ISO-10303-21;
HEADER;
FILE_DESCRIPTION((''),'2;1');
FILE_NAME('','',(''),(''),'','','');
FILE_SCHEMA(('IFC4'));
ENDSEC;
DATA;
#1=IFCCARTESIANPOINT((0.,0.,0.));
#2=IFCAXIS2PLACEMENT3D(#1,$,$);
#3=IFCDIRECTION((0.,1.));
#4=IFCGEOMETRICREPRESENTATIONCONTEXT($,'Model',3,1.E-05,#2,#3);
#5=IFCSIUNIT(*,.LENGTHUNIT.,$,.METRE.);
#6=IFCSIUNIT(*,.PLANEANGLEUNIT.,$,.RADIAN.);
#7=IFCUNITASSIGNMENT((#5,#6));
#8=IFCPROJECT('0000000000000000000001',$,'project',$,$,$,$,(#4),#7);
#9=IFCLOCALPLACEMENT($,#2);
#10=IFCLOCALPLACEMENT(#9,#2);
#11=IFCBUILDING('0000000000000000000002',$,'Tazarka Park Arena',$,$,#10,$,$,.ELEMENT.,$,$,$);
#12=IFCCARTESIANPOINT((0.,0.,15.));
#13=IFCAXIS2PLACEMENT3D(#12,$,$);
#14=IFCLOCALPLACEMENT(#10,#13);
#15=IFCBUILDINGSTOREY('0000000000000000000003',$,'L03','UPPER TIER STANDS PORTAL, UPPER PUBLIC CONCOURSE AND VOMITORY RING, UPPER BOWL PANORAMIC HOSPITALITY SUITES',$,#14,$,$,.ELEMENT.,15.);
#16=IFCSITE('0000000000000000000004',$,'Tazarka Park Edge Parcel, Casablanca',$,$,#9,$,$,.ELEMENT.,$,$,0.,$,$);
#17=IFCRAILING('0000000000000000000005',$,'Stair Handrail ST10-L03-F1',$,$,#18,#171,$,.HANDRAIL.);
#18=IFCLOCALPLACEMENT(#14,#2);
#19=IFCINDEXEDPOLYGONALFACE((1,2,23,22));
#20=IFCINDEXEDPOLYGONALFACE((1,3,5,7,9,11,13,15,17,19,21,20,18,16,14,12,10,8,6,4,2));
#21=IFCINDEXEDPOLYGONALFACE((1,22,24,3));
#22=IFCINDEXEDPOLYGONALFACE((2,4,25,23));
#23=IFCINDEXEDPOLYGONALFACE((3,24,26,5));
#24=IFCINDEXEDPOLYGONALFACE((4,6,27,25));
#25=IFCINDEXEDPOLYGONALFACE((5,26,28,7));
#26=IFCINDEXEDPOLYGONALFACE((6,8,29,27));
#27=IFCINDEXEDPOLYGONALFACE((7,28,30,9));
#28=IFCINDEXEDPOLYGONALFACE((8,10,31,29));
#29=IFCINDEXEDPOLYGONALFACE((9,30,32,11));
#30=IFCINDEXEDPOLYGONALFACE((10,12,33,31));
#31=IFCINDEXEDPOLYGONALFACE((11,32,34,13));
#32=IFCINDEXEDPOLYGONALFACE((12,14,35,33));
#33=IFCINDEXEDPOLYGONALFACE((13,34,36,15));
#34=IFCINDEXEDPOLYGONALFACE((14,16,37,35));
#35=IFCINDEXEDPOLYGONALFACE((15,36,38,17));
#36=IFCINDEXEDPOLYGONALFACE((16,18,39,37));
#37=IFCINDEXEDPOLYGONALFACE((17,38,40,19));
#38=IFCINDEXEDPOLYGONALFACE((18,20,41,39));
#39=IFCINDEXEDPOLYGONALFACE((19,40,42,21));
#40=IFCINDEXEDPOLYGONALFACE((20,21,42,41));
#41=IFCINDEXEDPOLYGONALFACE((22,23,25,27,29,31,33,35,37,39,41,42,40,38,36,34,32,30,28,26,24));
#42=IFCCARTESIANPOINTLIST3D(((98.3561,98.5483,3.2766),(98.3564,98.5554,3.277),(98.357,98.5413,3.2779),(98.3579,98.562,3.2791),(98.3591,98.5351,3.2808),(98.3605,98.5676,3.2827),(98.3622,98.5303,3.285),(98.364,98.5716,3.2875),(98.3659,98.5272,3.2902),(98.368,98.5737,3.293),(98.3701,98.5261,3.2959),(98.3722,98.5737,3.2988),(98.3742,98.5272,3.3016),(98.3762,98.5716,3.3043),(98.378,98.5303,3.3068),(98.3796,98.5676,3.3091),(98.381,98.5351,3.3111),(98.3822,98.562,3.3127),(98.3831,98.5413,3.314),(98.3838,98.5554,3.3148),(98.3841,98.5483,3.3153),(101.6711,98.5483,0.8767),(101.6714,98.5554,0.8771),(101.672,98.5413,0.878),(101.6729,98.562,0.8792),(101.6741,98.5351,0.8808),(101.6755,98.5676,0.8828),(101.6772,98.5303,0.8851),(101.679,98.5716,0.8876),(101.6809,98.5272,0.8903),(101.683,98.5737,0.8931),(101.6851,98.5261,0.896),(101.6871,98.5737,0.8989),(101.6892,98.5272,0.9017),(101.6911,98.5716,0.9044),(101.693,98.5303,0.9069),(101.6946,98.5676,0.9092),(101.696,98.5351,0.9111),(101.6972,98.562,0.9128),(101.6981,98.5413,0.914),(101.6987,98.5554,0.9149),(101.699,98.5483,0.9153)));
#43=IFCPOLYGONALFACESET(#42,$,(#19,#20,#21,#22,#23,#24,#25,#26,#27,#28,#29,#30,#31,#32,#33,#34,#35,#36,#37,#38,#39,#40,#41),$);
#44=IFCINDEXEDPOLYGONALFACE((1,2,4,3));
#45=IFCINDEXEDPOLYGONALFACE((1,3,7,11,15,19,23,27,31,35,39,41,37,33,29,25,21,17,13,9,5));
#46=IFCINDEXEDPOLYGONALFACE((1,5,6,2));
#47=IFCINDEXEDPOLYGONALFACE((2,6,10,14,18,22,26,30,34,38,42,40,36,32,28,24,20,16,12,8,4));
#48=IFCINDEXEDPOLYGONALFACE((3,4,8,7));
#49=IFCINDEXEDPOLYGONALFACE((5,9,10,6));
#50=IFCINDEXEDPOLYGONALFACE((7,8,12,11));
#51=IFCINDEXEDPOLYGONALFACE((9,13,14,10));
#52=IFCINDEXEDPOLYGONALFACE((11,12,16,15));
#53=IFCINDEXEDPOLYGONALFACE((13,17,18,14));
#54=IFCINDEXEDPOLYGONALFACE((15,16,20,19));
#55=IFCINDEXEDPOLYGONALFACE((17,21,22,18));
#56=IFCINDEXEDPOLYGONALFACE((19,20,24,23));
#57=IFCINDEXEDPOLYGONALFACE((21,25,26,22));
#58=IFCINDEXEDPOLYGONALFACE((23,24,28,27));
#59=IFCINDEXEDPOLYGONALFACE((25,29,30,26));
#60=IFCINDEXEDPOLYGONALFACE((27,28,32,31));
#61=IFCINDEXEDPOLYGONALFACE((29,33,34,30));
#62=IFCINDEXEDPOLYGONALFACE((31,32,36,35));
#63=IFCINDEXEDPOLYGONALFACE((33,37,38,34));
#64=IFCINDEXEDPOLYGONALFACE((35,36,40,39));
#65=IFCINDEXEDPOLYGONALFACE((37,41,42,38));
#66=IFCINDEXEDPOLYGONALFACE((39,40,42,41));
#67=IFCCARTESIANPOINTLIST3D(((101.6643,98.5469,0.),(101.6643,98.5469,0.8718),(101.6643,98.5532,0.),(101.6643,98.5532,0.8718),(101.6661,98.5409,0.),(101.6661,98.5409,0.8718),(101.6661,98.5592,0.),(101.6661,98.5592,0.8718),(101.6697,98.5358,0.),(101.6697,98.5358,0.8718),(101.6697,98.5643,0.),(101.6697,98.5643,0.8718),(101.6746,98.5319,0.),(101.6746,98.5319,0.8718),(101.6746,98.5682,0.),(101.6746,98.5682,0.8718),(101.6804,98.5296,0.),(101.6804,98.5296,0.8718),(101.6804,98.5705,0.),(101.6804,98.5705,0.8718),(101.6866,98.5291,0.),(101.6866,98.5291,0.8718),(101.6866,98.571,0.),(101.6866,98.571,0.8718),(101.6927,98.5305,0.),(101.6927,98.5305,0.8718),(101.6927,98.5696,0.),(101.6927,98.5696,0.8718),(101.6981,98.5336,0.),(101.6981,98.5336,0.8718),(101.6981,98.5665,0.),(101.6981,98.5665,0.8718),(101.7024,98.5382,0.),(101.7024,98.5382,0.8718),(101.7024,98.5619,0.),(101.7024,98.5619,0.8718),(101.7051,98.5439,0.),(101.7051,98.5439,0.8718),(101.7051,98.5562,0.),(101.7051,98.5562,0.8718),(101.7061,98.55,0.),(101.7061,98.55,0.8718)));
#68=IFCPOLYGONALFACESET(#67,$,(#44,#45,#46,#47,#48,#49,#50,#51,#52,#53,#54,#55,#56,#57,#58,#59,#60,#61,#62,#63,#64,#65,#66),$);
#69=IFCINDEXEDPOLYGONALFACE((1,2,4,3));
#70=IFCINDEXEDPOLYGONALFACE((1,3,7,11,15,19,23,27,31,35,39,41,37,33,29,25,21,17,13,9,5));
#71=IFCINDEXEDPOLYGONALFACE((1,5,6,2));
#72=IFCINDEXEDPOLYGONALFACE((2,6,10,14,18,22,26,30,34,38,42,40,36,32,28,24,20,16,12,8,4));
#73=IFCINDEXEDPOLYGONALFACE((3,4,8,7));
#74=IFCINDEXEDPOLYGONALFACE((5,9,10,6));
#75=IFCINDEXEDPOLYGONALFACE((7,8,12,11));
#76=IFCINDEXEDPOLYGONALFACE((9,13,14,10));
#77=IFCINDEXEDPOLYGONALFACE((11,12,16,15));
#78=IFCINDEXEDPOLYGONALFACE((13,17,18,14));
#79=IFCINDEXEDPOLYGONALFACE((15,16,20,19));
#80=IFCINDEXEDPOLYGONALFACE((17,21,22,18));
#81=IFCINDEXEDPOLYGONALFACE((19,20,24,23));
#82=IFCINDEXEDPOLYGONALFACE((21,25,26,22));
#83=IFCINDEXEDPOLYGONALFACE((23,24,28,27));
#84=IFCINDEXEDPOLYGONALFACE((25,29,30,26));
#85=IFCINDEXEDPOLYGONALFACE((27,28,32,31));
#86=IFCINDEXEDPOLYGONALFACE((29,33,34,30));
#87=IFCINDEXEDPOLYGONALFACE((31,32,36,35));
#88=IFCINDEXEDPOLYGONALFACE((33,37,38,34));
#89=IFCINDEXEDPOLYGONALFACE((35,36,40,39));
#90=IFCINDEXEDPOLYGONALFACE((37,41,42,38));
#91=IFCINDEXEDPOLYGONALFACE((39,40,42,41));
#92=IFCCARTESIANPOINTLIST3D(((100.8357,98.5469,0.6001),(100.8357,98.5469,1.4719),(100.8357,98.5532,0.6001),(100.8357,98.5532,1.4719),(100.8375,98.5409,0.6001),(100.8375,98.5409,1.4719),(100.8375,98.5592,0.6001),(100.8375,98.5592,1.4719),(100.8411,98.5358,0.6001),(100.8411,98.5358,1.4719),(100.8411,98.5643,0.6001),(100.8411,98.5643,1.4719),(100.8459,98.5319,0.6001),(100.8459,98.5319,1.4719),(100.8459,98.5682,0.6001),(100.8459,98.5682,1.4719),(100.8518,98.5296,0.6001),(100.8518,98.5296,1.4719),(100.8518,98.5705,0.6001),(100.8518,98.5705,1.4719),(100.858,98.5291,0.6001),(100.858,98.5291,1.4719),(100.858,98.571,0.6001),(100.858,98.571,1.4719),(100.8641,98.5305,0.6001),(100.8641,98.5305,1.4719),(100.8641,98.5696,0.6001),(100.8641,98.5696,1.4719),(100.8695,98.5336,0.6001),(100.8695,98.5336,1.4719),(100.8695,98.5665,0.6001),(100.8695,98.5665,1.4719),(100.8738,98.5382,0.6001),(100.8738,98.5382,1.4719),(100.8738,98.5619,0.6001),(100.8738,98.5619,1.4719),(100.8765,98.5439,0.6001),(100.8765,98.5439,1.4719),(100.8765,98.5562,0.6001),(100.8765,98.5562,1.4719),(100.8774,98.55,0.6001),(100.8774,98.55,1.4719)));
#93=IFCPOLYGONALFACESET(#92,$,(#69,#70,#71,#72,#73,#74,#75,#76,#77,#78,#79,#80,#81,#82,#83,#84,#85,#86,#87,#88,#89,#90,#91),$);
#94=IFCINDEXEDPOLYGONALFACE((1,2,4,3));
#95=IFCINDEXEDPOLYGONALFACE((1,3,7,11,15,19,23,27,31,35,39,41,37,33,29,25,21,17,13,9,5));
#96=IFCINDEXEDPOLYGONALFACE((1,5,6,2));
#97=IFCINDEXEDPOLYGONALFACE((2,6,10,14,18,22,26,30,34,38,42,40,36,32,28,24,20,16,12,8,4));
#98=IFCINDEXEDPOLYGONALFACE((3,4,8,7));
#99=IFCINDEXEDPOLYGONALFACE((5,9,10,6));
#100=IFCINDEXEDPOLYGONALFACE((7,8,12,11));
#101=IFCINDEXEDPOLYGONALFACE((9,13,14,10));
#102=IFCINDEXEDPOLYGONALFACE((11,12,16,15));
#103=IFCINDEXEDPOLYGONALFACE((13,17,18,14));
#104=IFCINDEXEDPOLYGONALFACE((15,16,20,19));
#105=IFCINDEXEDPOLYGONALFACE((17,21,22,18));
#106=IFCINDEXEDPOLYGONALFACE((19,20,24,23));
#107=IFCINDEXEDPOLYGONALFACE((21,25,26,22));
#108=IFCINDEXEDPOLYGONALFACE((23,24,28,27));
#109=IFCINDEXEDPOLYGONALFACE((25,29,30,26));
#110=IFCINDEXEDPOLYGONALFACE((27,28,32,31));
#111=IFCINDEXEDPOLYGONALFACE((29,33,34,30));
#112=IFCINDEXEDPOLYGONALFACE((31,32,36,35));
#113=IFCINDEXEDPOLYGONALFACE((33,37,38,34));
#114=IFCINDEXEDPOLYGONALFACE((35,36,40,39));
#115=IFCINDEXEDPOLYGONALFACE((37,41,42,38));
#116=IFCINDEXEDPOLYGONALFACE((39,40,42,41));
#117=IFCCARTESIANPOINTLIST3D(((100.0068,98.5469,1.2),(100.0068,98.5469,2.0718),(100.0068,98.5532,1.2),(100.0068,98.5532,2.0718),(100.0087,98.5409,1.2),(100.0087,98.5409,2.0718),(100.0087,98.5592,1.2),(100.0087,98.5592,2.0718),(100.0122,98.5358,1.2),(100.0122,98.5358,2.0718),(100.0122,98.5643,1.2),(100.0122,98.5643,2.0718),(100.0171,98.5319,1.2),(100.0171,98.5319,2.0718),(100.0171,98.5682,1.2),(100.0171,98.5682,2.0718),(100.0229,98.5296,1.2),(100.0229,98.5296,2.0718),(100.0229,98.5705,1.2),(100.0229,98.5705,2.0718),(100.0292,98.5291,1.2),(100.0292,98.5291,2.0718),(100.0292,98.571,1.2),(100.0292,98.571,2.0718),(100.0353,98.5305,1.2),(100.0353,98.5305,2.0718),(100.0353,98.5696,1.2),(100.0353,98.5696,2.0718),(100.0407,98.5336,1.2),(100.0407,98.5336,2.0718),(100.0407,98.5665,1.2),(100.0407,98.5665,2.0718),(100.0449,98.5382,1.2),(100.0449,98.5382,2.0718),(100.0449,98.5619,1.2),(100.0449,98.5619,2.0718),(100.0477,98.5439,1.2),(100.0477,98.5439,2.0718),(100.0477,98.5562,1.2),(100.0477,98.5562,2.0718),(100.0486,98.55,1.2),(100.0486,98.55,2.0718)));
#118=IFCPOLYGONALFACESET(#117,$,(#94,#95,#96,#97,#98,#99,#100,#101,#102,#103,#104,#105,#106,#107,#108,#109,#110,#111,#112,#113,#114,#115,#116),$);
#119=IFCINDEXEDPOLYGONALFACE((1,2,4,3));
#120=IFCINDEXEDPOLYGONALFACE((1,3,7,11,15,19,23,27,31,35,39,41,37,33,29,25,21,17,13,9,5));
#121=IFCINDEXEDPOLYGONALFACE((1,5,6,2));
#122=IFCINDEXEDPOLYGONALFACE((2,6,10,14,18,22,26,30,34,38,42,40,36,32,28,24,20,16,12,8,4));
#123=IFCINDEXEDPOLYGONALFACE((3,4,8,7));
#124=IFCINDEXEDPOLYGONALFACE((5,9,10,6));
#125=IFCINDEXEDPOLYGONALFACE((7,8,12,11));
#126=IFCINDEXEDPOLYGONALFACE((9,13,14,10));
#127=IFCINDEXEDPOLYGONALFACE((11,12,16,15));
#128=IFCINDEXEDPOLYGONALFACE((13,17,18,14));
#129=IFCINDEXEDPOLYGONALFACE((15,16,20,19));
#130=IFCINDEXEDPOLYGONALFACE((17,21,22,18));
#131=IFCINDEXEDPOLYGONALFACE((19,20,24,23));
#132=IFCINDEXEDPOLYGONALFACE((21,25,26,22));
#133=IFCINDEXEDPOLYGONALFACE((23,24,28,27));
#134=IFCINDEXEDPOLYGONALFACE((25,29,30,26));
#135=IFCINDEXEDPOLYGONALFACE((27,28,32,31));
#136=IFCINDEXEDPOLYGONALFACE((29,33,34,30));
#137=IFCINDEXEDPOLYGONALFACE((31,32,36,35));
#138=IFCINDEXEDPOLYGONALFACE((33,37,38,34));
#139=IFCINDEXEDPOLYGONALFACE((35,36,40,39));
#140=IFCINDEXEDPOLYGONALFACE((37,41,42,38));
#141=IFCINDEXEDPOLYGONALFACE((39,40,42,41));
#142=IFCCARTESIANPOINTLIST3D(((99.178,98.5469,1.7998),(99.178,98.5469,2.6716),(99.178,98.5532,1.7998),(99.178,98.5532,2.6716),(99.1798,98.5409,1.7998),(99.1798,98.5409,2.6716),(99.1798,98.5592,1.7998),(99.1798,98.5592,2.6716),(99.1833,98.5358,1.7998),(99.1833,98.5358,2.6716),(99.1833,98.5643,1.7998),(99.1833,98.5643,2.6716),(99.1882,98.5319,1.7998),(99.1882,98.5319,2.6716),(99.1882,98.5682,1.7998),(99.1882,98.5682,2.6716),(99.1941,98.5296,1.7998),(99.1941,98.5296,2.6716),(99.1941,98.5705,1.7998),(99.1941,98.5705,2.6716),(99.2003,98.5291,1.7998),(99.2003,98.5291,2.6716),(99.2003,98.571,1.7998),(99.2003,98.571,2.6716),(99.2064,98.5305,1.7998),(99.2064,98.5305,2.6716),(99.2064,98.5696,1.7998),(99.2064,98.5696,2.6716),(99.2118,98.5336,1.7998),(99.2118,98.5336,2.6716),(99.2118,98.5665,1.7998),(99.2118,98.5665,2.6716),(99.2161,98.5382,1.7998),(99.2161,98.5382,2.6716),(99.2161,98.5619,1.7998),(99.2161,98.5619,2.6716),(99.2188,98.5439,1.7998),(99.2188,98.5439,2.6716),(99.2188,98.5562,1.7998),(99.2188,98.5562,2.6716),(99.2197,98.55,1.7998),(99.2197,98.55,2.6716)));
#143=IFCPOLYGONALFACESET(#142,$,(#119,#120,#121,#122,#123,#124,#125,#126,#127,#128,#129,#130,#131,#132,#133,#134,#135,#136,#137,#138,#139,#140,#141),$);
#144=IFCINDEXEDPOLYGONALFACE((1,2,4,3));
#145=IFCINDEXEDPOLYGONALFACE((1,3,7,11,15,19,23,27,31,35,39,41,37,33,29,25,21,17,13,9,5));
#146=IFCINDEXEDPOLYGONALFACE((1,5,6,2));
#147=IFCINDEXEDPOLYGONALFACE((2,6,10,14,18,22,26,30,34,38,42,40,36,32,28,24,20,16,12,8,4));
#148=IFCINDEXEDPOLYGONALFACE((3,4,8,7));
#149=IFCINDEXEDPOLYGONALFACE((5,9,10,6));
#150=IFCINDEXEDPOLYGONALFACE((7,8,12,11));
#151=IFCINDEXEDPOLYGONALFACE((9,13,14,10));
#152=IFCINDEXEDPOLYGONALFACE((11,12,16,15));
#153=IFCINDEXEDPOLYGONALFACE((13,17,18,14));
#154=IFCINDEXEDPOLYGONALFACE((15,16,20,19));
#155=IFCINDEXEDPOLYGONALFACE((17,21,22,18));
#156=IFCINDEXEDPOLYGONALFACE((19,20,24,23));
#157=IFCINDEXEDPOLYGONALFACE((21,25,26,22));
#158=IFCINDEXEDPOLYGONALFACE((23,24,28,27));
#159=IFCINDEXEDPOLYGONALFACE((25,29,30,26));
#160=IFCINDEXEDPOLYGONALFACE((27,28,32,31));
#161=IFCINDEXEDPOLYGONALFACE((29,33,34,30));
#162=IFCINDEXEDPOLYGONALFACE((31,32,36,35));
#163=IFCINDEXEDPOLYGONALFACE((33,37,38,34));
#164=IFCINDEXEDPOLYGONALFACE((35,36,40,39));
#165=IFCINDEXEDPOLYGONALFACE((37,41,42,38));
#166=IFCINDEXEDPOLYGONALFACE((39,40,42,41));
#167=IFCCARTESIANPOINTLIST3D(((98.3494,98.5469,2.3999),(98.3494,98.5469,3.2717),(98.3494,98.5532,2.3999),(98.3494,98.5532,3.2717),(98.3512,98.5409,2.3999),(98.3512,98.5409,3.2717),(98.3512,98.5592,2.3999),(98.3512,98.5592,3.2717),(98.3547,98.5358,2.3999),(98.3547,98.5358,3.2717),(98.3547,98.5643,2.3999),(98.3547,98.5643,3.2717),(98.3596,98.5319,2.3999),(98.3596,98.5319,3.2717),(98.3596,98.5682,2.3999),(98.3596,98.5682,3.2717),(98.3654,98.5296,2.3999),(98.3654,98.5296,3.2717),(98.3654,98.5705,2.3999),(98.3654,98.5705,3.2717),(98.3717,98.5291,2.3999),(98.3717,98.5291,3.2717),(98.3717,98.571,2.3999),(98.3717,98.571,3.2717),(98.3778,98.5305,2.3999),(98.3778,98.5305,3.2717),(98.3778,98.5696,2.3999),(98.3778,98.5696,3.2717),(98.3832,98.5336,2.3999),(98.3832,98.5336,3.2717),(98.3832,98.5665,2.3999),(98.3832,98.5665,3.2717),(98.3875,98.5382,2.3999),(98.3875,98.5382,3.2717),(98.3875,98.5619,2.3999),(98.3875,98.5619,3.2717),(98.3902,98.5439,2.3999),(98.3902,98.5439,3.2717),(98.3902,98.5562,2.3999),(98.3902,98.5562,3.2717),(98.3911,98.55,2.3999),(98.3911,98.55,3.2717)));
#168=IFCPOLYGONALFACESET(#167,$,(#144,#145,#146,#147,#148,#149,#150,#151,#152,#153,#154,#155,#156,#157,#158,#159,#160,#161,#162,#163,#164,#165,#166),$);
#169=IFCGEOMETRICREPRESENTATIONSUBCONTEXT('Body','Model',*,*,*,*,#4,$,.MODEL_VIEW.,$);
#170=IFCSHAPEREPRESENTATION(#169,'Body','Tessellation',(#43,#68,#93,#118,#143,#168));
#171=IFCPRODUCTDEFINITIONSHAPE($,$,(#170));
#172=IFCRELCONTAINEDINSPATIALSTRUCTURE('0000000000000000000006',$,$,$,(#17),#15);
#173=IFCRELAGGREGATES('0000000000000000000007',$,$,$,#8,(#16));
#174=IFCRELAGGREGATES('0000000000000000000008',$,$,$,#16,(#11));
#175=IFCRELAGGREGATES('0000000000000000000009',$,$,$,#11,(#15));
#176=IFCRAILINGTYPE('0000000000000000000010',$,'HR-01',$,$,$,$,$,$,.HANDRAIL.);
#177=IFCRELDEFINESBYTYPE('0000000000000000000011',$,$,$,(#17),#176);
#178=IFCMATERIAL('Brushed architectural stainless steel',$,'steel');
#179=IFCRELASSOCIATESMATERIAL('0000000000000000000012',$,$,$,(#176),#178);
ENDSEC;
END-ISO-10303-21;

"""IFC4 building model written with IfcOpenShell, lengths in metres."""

from ifc_helpers import new_model, si_unit, direction, frame, origin, origin_2d, place, context, subcontext, project, spatial, circle, extrude, material, type_object, element, save


model = new_model("IFC4")

# Units and contexts
model_context = context("Model", 3, precision=1e-05, world=origin(), true_north=direction((0.0, 1.0)))
body_context = subcontext(model_context, "Body", "Model", "MODEL_VIEW")
ifc_project = project(units=[si_unit("LENGTHUNIT", "METRE"), si_unit("PLANEANGLEUNIT", "RADIAN")], contexts=[model_context])

# Site, building, storey
site_placement = place(None, origin())
site = spatial("IfcSite", under=ifc_project, at=site_placement, Name="Tazarka Park Edge Parcel, Casablanca", CompositionType="ELEMENT", RefElevation=0.0)
building_placement = place(site_placement, origin())
building = spatial("IfcBuilding", under=site, at=building_placement, Name="Tazarka Park Arena", CompositionType="ELEMENT")
storey_placement = place(building_placement, frame((0.0, 0.0, 15.0)))
storey = spatial("IfcBuildingStorey", under=building, at=storey_placement, Name="L03", Description="UPPER TIER STANDS PORTAL, UPPER PUBLIC CONCOURSE AND VOMITORY RING, UPPER BOWL PANORAMIC HOSPITALITY SUITES", CompositionType="ELEMENT", Elevation=15.0)

# Railing
ifc_material_1 = material(Name="Brushed architectural stainless steel", Category="steel")
railing_type_1 = type_object("IfcRailingType", Name="HR-01", PredefinedType="HANDRAIL", material=ifc_material_1)
railing_1_placement = place(storey_placement, frame((101.6851, 98.55, 0.0)))
element("IfcRailing", 1, at=railing_1_placement, inside=storey, type_object=railing_type_1, Name="Stair Handrail ST10-L03-F1", PredefinedType="HANDRAIL", context=body_context, shape_type="SweptSolid", body=[
    extrude(circle(Radius=0.0239, at=origin_2d()), frame((0.0, 0.0, 0.896), z_axis=(-0.810009, 0.0, 0.586418), x_axis=(0.0, -1.0, 0.0)), (0.0, 0.0, 1.0), 4.0925),
    extrude(circle(Radius=0.021, at=origin_2d()), origin(), (0.0, 0.0, 1.0), 0.8718),
    extrude(circle(Radius=0.021, at=origin_2d()), frame((-0.8286, 0.0, 0.6001)), (0.0, 0.0, 1.0), 0.8718),
    extrude(circle(Radius=0.021, at=origin_2d()), frame((-1.6575, 0.0, 1.2)), (0.0, 0.0, 1.0), 0.8718),
    extrude(circle(Radius=0.021, at=origin_2d()), frame((-2.4863, 0.0, 1.7998)), (0.0, 0.0, 1.0), 0.8718),
    extrude(circle(Radius=0.021, at=origin_2d()), frame((-3.3149, 0.0, 2.3999)), (0.0, 0.0, 1.0), 0.8718),
])

save(model, "model.ifc")
